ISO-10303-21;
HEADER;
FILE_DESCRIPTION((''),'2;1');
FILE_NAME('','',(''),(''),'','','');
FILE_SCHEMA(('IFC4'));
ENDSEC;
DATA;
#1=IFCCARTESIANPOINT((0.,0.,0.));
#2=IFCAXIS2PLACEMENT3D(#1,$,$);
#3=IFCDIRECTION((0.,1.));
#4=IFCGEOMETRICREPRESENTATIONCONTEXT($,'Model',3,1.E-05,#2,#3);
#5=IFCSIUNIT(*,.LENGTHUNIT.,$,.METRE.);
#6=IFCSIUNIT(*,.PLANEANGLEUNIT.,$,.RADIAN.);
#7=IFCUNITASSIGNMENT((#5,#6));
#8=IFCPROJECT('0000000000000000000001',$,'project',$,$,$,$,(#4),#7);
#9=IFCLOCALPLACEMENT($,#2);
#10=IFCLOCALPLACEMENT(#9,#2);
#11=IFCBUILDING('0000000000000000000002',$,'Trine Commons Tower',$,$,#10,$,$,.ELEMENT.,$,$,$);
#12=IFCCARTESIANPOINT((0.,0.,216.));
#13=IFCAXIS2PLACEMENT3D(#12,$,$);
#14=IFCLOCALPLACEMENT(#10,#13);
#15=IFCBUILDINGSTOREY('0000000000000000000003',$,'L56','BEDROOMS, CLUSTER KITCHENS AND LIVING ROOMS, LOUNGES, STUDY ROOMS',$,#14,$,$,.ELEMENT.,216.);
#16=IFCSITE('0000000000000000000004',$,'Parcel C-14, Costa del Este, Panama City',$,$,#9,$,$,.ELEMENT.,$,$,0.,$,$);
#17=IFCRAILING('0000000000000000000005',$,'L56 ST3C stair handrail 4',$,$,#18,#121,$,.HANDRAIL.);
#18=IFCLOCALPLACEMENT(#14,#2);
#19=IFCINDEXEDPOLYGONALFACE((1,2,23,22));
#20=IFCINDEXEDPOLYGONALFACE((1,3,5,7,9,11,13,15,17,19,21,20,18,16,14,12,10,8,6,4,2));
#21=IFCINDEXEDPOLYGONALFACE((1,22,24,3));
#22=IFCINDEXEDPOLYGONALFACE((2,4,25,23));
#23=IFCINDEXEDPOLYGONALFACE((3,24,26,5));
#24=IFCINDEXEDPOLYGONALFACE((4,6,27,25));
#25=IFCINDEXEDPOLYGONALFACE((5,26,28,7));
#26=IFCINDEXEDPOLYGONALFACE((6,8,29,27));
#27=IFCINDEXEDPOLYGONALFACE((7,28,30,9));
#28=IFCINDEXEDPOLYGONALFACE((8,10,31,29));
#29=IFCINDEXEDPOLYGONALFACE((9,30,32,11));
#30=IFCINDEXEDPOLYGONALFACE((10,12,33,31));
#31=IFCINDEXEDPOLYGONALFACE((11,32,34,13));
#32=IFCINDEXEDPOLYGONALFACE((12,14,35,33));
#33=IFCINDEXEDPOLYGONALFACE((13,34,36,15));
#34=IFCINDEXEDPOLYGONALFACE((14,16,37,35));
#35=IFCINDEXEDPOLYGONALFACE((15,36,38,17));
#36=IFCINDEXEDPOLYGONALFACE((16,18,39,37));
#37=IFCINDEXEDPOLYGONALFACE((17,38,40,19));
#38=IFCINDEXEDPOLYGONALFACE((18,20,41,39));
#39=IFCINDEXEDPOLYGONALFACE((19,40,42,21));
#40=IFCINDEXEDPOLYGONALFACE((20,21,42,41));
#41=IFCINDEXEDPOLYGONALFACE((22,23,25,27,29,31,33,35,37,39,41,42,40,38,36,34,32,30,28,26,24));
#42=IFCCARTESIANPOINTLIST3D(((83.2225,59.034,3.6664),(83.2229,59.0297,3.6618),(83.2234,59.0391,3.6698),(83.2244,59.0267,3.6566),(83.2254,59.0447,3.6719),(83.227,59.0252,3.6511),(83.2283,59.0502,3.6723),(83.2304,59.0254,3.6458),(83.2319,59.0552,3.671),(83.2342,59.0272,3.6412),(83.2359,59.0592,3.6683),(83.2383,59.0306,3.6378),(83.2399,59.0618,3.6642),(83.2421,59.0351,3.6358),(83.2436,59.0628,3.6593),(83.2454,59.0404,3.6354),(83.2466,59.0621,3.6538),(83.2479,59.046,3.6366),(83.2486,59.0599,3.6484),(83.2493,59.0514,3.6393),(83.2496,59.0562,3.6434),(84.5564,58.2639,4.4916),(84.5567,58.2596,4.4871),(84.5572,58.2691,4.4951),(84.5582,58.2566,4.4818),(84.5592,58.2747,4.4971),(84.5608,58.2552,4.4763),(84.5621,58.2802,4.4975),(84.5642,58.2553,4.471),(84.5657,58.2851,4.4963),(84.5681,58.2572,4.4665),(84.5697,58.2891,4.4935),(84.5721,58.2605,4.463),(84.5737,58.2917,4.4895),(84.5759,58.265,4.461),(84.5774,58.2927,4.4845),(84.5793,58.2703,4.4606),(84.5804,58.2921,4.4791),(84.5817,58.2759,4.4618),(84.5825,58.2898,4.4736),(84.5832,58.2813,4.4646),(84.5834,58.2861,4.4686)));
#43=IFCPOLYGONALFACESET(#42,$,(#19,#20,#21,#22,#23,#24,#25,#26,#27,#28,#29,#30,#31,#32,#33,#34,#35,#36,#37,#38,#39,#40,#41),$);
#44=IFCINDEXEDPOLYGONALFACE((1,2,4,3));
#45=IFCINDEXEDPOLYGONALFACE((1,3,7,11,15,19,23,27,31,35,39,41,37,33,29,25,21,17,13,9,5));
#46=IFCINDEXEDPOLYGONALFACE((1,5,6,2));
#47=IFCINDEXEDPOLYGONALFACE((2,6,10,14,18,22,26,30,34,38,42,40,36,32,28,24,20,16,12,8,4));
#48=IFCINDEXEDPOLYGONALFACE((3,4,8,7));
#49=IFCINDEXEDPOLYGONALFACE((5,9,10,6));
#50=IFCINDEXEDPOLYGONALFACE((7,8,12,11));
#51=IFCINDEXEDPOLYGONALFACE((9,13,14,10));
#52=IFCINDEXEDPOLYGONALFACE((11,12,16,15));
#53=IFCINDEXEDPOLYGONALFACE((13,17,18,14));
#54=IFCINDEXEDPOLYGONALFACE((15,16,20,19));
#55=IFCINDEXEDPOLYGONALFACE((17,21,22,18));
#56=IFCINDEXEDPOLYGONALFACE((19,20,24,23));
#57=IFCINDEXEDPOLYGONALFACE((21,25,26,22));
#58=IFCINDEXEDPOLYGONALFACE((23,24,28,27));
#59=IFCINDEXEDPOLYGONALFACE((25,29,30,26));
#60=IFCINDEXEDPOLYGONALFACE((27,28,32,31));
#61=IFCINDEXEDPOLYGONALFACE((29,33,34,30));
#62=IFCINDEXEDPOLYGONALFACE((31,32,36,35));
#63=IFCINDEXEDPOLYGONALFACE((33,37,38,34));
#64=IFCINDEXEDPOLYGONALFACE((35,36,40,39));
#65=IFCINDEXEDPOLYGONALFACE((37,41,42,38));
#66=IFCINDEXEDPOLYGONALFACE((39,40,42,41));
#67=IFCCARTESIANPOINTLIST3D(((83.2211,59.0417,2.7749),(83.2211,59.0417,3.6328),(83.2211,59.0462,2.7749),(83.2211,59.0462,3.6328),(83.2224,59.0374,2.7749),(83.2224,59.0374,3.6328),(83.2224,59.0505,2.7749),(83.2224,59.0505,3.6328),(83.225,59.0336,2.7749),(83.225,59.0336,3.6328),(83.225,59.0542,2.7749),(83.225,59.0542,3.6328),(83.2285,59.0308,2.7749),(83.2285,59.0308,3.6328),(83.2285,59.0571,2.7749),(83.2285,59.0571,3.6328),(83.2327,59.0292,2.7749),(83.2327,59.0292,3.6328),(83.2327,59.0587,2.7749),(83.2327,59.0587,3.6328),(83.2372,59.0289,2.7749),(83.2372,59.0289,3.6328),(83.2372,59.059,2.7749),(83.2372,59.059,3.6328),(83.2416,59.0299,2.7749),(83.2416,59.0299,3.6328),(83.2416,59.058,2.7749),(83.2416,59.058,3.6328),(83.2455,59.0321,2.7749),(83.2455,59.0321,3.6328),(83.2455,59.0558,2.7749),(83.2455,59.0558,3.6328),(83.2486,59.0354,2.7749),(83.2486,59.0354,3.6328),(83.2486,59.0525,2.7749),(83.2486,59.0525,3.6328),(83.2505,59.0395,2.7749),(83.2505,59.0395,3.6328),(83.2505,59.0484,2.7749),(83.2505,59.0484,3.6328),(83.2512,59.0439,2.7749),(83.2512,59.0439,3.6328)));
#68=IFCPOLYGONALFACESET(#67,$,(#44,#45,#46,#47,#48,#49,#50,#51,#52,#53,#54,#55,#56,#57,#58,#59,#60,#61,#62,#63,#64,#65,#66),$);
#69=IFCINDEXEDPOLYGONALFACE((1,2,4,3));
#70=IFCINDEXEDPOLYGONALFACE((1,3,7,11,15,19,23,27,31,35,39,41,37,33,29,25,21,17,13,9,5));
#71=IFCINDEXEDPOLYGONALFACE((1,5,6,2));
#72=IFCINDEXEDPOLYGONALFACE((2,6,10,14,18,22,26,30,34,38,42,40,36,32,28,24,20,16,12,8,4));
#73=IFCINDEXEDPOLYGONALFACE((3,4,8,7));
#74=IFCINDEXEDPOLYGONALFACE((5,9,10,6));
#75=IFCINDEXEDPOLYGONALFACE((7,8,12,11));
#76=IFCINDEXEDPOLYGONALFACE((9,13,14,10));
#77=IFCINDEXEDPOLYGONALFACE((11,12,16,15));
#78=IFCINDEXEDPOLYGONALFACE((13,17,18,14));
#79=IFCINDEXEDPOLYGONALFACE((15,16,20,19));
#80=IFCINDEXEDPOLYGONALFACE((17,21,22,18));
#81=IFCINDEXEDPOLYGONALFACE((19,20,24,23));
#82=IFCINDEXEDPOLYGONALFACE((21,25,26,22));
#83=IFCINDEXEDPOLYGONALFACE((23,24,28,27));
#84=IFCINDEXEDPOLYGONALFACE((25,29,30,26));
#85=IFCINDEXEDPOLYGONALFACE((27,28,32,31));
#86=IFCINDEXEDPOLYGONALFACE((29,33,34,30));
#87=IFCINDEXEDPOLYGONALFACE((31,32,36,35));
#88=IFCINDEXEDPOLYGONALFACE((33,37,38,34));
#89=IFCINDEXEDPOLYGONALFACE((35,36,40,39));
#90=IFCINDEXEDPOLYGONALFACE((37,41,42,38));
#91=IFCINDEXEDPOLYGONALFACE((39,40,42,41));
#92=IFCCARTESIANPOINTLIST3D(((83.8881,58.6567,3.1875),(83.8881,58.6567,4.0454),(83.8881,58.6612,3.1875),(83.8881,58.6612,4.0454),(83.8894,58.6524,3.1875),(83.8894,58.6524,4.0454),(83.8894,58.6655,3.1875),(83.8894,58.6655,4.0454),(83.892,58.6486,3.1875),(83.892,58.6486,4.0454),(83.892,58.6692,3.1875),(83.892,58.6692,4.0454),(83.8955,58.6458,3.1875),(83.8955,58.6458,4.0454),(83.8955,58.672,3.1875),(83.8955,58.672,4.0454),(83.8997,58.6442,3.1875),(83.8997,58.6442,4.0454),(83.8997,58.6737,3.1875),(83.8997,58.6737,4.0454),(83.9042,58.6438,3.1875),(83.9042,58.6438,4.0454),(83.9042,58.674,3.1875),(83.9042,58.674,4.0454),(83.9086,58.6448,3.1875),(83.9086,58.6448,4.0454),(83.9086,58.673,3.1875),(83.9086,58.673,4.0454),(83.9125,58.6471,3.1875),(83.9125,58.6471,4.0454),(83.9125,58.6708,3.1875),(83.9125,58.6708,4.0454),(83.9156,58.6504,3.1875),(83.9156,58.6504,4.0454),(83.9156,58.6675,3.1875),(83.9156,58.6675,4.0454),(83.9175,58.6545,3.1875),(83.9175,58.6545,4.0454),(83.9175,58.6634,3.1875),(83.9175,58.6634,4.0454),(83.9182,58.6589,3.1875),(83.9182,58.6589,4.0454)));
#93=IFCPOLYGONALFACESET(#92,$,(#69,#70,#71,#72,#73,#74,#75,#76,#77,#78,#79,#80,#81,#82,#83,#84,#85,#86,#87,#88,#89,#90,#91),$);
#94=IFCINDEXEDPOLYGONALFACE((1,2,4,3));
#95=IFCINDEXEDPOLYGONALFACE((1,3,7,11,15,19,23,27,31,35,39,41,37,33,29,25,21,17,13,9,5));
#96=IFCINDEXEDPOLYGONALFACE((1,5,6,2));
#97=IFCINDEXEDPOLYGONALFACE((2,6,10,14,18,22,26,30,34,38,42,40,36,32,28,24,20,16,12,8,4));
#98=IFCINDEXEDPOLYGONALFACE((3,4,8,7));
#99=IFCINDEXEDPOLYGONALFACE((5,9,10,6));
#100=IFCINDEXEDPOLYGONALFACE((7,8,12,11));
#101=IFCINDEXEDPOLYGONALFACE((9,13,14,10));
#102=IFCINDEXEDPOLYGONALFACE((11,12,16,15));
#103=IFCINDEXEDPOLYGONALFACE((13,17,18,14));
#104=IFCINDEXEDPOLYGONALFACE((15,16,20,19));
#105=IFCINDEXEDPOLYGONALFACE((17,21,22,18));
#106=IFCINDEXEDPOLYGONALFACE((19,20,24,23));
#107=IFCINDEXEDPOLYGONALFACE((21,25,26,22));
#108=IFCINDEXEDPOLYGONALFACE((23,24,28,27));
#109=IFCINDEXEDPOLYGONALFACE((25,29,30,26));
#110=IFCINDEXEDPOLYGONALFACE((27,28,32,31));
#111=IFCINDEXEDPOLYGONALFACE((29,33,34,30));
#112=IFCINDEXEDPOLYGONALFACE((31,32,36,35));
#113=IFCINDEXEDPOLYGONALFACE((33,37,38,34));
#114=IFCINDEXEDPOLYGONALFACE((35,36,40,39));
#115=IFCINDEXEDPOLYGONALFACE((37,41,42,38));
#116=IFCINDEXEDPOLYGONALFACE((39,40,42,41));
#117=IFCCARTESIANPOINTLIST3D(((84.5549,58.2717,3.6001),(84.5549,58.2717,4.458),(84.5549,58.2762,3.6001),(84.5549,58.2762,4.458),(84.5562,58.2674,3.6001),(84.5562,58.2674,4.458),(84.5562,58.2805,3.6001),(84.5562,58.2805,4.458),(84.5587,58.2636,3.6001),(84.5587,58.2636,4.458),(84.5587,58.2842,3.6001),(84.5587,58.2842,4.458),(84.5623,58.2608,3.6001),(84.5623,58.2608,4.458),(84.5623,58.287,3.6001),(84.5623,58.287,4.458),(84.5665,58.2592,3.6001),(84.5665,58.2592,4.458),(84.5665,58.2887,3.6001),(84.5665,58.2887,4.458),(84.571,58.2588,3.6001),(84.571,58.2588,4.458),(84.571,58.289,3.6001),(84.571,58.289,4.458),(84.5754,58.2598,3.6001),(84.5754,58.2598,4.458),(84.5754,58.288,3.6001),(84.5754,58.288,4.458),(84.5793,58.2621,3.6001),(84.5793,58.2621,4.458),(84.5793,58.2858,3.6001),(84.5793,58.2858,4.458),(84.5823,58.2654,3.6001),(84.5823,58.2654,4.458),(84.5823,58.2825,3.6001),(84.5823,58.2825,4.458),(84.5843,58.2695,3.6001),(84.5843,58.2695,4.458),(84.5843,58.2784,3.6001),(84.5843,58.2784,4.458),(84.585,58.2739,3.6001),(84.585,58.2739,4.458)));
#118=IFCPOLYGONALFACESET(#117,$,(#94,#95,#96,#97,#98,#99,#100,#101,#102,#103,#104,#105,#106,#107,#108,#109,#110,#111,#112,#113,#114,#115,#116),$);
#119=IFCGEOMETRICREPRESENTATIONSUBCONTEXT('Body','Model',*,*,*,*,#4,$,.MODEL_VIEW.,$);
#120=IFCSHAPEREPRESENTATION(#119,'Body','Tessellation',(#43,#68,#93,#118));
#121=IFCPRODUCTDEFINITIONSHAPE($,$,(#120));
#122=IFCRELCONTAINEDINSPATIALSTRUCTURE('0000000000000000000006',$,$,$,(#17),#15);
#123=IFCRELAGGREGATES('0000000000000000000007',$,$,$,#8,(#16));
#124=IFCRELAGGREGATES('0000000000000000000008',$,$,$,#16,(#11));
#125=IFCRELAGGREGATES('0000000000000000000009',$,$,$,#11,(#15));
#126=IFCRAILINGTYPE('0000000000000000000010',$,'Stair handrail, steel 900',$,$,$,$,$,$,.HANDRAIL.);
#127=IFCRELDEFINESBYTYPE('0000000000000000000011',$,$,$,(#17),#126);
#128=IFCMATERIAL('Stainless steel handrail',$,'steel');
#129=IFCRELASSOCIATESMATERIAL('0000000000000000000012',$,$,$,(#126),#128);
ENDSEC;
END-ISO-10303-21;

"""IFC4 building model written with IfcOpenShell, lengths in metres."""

from ifc_helpers import new_model, si_unit, direction, frame, origin, origin_2d, place, context, subcontext, project, spatial, circle, extrude, material, type_object, element, save


model = new_model("IFC4")

# Units and contexts
model_context = context("Model", 3, precision=1e-05, world=origin(), true_north=direction((0.0, 1.0)))
body_context = subcontext(model_context, "Body", "Model", "MODEL_VIEW")
ifc_project = project(units=[si_unit("LENGTHUNIT", "METRE"), si_unit("PLANEANGLEUNIT", "RADIAN")], contexts=[model_context])

# Site, building, storey
site_placement = place(None, origin())
site = spatial("IfcSite", under=ifc_project, at=site_placement, Name="Parcel C-14, Costa del Este, Panama City", CompositionType="ELEMENT", RefElevation=0.0)
building_placement = place(site_placement, origin())
building = spatial("IfcBuilding", under=site, at=building_placement, Name="Trine Commons Tower", CompositionType="ELEMENT")
storey_placement = place(building_placement, frame((0.0, 0.0, 216.0)))
storey = spatial("IfcBuildingStorey", under=building, at=storey_placement, Name="L56", Description="BEDROOMS, CLUSTER KITCHENS AND LIVING ROOMS, LOUNGES, STUDY ROOMS", CompositionType="ELEMENT", Elevation=216.0)

# Railing
ifc_material_1 = material(Name="Stainless steel handrail", Category="steel")
railing_type_1 = type_object("IfcRailingType", Name="Stair handrail, steel 900", PredefinedType="HANDRAIL", material=ifc_material_1)
railing_1_placement = place(storey_placement, frame((83.2361, 59.0439, 2.7749)))
element("IfcRailing", 1, at=railing_1_placement, inside=storey, type_object=railing_type_1, Name="L56 ST3C stair handrail 4", PredefinedType="HANDRAIL", context=body_context, shape_type="SweptSolid", body=[
    extrude(circle(Radius=0.021, at=origin_2d()), frame((0.0, 0.0, 0.8789), z_axis=(0.763355, -0.440714, 0.472293), x_axis=(0.499992, 0.86603, 0.0)), (0.0, 0.0, 1.0), 1.7473),
    extrude(circle(Radius=0.0151, at=origin_2d()), origin(), (0.0, 0.0, 1.0), 0.8579),
    extrude(circle(Radius=0.0151, at=origin_2d()), frame((0.667, -0.385, 0.4126)), (0.0, 0.0, 1.0), 0.8579),
    extrude(circle(Radius=0.0151, at=origin_2d()), frame((1.3337, -0.77, 0.8252)), (0.0, 0.0, 1.0), 0.8579),
])

save(model, "model.ifc")
